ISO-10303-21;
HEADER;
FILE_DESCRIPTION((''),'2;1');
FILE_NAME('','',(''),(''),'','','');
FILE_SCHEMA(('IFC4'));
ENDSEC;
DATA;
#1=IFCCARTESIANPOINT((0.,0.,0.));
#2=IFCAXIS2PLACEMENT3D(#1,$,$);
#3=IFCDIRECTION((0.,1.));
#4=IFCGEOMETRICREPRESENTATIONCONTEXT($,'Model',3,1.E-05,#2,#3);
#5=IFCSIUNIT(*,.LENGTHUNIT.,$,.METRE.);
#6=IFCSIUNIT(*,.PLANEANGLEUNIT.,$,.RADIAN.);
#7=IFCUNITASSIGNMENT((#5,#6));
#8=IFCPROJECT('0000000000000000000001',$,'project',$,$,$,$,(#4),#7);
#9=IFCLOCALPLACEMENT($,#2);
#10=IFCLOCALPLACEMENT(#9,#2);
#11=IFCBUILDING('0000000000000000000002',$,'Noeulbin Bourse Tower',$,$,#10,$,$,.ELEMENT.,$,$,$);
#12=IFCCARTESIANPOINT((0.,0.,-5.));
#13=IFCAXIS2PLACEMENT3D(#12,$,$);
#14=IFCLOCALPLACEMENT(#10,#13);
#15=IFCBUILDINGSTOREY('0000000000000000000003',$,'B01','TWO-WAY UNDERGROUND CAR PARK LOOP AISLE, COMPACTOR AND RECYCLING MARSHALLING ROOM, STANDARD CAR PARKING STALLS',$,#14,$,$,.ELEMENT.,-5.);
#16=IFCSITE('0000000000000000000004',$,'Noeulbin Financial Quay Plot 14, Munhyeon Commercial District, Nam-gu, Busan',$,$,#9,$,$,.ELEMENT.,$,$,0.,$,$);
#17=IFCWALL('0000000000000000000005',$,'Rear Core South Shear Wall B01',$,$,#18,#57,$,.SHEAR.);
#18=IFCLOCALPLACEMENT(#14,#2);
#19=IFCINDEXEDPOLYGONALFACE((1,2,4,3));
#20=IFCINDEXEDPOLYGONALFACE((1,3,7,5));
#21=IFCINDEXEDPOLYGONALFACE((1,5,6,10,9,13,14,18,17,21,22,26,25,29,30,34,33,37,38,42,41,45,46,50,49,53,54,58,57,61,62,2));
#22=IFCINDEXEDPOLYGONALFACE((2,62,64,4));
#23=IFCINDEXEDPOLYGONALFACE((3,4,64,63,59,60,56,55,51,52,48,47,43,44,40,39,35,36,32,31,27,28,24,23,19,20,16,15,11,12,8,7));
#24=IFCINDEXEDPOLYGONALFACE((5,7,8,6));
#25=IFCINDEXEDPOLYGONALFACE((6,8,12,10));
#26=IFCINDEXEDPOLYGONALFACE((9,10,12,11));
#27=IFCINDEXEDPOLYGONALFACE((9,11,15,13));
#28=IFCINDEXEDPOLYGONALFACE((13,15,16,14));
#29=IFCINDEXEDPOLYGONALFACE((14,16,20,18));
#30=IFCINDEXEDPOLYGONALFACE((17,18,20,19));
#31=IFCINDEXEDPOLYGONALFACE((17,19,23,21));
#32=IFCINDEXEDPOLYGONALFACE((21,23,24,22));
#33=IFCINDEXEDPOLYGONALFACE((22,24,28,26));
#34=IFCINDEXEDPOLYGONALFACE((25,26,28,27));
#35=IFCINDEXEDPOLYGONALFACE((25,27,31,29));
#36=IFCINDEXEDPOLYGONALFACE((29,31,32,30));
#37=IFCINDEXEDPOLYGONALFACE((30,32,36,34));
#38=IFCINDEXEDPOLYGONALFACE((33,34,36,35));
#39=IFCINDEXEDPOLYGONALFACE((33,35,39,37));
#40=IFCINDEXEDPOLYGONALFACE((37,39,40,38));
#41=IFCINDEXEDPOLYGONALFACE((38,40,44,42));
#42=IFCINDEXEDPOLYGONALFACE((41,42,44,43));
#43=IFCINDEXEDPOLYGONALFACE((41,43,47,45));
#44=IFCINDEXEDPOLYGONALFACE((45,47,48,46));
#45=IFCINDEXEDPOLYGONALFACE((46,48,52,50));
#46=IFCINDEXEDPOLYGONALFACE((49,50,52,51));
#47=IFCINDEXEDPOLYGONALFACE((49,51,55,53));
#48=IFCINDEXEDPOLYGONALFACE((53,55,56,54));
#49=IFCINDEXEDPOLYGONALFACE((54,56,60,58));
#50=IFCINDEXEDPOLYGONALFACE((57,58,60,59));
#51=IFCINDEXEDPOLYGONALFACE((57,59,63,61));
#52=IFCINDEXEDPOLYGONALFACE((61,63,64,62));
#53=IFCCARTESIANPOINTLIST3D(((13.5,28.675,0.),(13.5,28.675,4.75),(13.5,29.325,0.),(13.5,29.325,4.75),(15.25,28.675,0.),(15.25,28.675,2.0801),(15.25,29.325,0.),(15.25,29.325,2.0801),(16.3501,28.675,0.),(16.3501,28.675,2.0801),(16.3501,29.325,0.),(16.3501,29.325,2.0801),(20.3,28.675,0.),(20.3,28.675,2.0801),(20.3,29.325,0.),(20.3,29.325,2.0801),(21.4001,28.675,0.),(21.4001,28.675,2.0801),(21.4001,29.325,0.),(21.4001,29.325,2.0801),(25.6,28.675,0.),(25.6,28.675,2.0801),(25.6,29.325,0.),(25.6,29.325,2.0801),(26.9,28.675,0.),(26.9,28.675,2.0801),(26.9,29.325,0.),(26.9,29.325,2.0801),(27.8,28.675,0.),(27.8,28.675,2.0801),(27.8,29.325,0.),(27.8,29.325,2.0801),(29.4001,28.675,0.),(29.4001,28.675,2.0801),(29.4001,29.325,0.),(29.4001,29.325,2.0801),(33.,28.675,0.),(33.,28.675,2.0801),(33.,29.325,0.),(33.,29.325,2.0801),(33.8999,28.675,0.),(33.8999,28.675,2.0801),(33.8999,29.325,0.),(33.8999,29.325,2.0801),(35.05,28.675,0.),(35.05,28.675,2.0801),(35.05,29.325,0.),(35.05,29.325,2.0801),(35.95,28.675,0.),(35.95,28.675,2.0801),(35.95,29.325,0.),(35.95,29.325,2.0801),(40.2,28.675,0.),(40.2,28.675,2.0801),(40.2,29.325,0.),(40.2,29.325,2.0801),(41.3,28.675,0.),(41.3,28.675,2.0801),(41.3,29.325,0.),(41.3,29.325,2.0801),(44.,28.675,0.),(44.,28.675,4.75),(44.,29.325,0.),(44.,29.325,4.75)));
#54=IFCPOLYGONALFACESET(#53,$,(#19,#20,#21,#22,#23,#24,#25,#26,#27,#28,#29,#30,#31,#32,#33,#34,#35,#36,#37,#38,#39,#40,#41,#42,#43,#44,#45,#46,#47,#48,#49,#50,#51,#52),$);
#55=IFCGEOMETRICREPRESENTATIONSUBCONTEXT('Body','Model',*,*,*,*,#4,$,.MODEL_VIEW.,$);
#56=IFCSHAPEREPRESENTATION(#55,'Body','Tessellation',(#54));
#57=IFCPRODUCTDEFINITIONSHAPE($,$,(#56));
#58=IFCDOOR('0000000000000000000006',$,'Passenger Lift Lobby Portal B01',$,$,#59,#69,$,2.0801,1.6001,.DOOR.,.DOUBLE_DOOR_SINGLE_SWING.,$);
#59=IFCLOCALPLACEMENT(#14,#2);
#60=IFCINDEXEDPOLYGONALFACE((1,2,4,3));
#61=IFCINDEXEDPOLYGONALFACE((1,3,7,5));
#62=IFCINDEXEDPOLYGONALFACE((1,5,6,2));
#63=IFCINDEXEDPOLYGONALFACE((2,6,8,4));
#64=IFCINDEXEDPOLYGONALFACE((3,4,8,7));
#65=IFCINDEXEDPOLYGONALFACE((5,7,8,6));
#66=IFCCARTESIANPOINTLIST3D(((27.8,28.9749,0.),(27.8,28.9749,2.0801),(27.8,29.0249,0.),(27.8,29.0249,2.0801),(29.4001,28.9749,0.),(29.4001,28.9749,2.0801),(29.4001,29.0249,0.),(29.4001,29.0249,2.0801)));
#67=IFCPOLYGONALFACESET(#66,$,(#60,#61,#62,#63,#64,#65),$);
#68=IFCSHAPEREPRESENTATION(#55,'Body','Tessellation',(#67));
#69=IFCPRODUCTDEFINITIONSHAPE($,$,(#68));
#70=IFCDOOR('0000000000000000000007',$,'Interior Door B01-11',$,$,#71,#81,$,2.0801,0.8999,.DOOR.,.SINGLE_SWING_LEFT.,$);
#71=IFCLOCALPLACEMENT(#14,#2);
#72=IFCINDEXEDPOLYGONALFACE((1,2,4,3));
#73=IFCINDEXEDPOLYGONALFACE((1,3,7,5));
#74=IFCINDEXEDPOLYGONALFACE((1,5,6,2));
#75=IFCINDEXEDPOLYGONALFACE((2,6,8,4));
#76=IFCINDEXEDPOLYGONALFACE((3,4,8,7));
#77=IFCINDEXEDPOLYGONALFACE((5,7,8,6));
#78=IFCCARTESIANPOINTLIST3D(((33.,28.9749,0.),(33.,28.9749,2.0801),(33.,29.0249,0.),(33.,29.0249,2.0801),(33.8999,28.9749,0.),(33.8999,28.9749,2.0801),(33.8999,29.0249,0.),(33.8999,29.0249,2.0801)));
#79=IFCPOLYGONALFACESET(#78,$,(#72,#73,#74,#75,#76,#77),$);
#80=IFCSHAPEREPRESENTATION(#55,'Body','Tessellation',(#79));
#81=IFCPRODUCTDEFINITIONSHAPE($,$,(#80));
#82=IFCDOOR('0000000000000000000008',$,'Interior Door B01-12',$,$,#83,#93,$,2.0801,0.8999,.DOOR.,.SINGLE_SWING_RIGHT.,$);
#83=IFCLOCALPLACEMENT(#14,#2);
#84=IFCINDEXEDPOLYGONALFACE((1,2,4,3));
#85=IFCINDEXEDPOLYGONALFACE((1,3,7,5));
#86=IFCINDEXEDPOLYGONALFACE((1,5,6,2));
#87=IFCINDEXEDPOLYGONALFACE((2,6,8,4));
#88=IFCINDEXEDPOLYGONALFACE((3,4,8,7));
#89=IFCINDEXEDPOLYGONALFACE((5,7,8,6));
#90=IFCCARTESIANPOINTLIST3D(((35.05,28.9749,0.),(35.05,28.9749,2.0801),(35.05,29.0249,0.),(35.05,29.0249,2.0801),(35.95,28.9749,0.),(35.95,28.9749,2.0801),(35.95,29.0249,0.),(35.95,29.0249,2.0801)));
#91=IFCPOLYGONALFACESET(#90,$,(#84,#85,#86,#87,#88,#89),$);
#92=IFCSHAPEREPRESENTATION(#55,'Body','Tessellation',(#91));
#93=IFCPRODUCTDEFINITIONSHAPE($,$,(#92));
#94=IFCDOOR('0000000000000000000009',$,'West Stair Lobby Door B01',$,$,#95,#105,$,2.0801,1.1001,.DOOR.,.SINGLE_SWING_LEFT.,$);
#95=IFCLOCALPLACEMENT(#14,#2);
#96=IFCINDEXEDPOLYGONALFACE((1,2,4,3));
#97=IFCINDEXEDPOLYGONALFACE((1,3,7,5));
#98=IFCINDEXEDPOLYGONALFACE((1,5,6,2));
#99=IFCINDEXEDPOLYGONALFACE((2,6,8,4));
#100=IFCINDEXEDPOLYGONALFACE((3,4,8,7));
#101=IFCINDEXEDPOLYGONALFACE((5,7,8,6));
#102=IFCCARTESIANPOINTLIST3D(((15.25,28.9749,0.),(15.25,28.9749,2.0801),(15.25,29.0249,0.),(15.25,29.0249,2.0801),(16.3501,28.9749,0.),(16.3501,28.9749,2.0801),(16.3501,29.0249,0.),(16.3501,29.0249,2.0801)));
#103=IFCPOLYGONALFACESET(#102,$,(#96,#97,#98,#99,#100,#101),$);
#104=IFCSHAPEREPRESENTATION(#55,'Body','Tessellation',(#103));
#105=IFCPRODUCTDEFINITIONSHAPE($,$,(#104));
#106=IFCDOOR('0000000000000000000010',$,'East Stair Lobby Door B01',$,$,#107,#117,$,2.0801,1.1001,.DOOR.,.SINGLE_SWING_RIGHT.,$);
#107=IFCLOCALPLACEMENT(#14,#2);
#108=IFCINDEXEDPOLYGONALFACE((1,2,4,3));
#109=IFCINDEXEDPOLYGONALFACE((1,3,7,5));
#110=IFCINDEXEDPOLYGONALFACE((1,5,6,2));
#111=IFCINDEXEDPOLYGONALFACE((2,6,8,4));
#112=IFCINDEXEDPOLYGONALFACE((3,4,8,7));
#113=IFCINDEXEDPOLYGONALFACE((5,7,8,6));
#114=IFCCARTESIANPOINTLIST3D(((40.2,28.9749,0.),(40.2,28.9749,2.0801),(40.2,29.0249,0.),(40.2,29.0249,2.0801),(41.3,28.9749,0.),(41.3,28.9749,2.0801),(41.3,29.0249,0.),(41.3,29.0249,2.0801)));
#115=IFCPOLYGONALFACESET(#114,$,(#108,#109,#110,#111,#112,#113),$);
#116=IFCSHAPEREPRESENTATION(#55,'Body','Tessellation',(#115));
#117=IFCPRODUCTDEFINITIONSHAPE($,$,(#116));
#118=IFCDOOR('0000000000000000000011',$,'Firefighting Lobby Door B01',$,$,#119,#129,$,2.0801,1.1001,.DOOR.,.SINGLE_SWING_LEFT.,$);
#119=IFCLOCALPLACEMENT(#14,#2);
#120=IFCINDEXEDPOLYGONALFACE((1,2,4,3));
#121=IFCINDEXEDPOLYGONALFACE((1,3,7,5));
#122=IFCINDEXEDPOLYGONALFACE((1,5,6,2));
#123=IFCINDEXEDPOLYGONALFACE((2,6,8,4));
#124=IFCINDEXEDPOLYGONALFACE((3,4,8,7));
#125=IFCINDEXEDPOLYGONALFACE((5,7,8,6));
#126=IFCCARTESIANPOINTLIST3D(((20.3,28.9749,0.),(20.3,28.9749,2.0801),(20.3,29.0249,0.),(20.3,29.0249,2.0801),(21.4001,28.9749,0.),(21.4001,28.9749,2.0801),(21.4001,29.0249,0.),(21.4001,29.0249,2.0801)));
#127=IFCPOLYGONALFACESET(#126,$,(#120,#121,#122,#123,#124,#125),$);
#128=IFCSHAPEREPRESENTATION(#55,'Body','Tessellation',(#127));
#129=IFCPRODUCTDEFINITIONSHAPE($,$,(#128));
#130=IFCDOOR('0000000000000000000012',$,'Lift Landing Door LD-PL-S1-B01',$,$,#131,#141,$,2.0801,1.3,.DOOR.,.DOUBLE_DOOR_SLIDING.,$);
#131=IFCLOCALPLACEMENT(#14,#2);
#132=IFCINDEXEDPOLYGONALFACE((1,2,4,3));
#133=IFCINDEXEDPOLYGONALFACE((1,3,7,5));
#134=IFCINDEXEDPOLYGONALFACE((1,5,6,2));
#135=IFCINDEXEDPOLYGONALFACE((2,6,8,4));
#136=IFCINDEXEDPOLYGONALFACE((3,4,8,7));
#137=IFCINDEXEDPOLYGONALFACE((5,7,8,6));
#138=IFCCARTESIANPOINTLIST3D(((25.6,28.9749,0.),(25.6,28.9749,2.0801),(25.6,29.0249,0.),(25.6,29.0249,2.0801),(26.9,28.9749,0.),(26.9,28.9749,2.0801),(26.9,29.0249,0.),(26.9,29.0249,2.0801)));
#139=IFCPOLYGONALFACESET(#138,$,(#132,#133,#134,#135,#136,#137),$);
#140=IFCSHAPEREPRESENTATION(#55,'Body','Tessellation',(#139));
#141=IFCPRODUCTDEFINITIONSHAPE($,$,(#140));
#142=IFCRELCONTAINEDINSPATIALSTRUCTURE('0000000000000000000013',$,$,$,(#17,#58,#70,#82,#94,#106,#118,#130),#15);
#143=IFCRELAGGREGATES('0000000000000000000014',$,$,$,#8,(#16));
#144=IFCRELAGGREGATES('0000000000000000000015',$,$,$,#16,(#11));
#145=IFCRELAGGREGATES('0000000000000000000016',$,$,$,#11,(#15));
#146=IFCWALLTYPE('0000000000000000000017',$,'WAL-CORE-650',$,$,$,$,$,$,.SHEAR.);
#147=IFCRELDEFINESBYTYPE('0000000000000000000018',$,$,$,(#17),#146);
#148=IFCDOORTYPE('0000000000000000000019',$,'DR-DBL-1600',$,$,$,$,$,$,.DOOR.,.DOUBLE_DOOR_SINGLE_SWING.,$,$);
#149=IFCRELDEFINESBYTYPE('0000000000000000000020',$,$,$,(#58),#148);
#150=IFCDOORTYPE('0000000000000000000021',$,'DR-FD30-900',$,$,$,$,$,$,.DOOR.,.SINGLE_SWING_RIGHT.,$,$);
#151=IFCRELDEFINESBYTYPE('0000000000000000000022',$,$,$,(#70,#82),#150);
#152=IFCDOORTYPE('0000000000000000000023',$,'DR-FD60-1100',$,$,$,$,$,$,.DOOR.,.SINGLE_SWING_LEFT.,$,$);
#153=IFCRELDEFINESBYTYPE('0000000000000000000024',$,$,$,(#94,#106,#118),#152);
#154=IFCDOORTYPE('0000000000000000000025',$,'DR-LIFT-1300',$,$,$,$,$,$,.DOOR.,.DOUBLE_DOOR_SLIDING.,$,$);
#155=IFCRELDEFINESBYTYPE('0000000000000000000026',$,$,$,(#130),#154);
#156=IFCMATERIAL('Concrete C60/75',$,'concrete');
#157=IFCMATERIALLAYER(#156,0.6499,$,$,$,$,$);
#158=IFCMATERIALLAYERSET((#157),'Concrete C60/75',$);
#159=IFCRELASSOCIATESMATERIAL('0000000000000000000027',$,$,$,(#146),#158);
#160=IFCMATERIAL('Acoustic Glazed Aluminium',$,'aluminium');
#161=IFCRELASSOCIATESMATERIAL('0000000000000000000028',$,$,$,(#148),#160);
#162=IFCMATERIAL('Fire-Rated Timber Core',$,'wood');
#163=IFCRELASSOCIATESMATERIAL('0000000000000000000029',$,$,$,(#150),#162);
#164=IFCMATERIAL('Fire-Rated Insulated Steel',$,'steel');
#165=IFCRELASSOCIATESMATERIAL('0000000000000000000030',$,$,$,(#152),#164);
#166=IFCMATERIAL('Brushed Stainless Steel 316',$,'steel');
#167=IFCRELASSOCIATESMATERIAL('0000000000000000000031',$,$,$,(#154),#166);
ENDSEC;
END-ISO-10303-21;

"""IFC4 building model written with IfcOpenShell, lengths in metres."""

from ifc_helpers import new_model, si_unit, direction, frame, frame_2d, origin, place, context, subcontext, project, spatial, rectangle, extrude, material, layer, layer_set, type_object, element, fill, save


model = new_model("IFC4")

# Units and contexts
model_context = context("Model", 3, precision=1e-05, world=origin(), true_north=direction((0.0, 1.0)))
body_context = subcontext(model_context, "Body", "Model", "MODEL_VIEW")
ifc_project = project(units=[si_unit("LENGTHUNIT", "METRE"), si_unit("PLANEANGLEUNIT", "RADIAN")], contexts=[model_context])

# Site, building, storey
site_placement = place(None, origin())
site = spatial("IfcSite", under=ifc_project, at=site_placement, Name="Noeulbin Financial Quay Plot 14, Munhyeon Commercial District, Nam-gu, Busan", CompositionType="ELEMENT", RefElevation=0.0)
building_placement = place(site_placement, origin())
building = spatial("IfcBuilding", under=site, at=building_placement, Name="Noeulbin Bourse Tower", CompositionType="ELEMENT")
storey_placement = place(building_placement, frame((0.0, 0.0, -5.0)))
storey = spatial("IfcBuildingStorey", under=building, at=storey_placement, Name="B01", Description="TWO-WAY UNDERGROUND CAR PARK LOOP AISLE, COMPACTOR AND RECYCLING MARSHALLING ROOM, STANDARD CAR PARKING STALLS", CompositionType="ELEMENT", Elevation=-5.0)

# Wall, openings, doors
ifc_material_1 = material(Name="Concrete C60/75", Category="concrete")
ifc_layer_1 = layer(ifc_material_1, 0.6499)
ifc_layer_set_1 = layer_set([ifc_layer_1], Name="Concrete C60/75")
wall_type = type_object("IfcWallType", Name="WAL-CORE-650", PredefinedType="SHEAR", material=ifc_layer_set_1)
wall_placement = place(storey_placement, frame((13.5, 29.0, 0.0), z_axis=(0.0, 0.0, 1.0), x_axis=(1.0, 0.0, 0.0)))
wall = element("IfcWall", 1, at=wall_placement, inside=storey, type_object=wall_type, Name="Rear Core South Shear Wall B01", PredefinedType="SHEAR", context=body_context, shape_type="SweptSolid", body=[
    extrude(rectangle(XDim=30.5, YDim=0.6499, at=frame_2d((15.25, 0.0))), origin(), (0.0, 0.0, 1.0), 4.75),
])
opening_1_placement = place(wall_placement, frame((1.75, 0.0, 0.0)))
opening_1 = element("IfcOpeningElement", 2, at=opening_1_placement, cuts=wall, PredefinedType="OPENING", context=body_context, shape_type="SweptSolid", body=[
    extrude(rectangle(XDim=1.1001, YDim=2.0801, at=frame_2d((0.55, 1.04))), frame((0.0, 0.335, 0.0), z_axis=(0.0, -1.0, 0.0), x_axis=(1.0, 0.0, 0.0)), (0.0, 0.0, 1.0), 0.6699),
])
opening_2_placement = place(wall_placement, frame((26.7, 0.0, 0.0)))
opening_2 = element("IfcOpeningElement", 3, at=opening_2_placement, cuts=wall, PredefinedType="OPENING", context=body_context, shape_type="SweptSolid", body=[
    extrude(rectangle(XDim=1.1001, YDim=2.0801, at=frame_2d((0.55, 1.04))), frame((0.0, 0.335, 0.0), z_axis=(0.0, -1.0, 0.0), x_axis=(1.0, 0.0, 0.0)), (0.0, 0.0, 1.0), 0.6699),
])
opening_3_placement = place(wall_placement, frame((6.8, 0.0, 0.0)))
opening_3 = element("IfcOpeningElement", 4, at=opening_3_placement, cuts=wall, PredefinedType="OPENING", context=body_context, shape_type="SweptSolid", body=[
    extrude(rectangle(XDim=1.1001, YDim=2.0801, at=frame_2d((0.55, 1.04))), frame((0.0, 0.335, 0.0), z_axis=(0.0, -1.0, 0.0), x_axis=(1.0, 0.0, 0.0)), (0.0, 0.0, 1.0), 0.6699),
])
opening_4_placement = place(wall_placement, frame((14.3, 0.0, 0.0)))
opening_4 = element("IfcOpeningElement", 5, at=opening_4_placement, cuts=wall, PredefinedType="OPENING", context=body_context, shape_type="SweptSolid", body=[
    extrude(rectangle(XDim=1.6001, YDim=2.0801, at=frame_2d((0.8, 1.04))), frame((0.0, 0.335, 0.0), z_axis=(0.0, -1.0, 0.0), x_axis=(1.0, 0.0, 0.0)), (0.0, 0.0, 1.0), 0.6699),
])
opening_5_placement = place(wall_placement, frame((19.5, 0.0, 0.0)))
opening_5 = element("IfcOpeningElement", 6, at=opening_5_placement, cuts=wall, PredefinedType="OPENING", context=body_context, shape_type="SweptSolid", body=[
    extrude(rectangle(XDim=0.8999, YDim=2.0801, at=frame_2d((0.45, 1.04))), frame((0.0, 0.335, 0.0), z_axis=(0.0, -1.0, 0.0), x_axis=(1.0, 0.0, 0.0)), (0.0, 0.0, 1.0), 0.6699),
])
opening_6_placement = place(wall_placement, frame((21.55, 0.0, 0.0)))
opening_6 = element("IfcOpeningElement", 7, at=opening_6_placement, cuts=wall, PredefinedType="OPENING", context=body_context, shape_type="SweptSolid", body=[
    extrude(rectangle(XDim=0.8999, YDim=2.0801, at=frame_2d((0.45, 1.04))), frame((0.0, 0.335, 0.0), z_axis=(0.0, -1.0, 0.0), x_axis=(1.0, 0.0, 0.0)), (0.0, 0.0, 1.0), 0.6699),
])
opening_7_placement = place(wall_placement, frame((12.1001, 0.0, 0.0)))
opening_7 = element("IfcOpeningElement", 8, at=opening_7_placement, cuts=wall, PredefinedType="OPENING", context=body_context, shape_type="SweptSolid", body=[
    extrude(rectangle(XDim=1.3, YDim=2.0801, at=frame_2d((0.6499, 1.04))), frame((0.0, 0.335, 0.0), z_axis=(0.0, -1.0, 0.0), x_axis=(1.0, 0.0, 0.0)), (0.0, 0.0, 1.0), 0.6699),
])
ifc_material_2 = material(Name="Acoustic Glazed Aluminium", Category="aluminium")
door_type_1 = type_object("IfcDoorType", Name="DR-DBL-1600", OperationType="DOUBLE_DOOR_SINGLE_SWING", PredefinedType="DOOR", material=ifc_material_2)
door_1_placement = place(opening_4_placement, origin())
door_1 = element("IfcDoor", 9, at=door_1_placement, inside=storey, type_object=door_type_1, Name="Passenger Lift Lobby Portal B01", OperationType="DOUBLE_DOOR_SINGLE_SWING", OverallHeight=2.0801, OverallWidth=1.6001, PredefinedType="DOOR", context=body_context, shape_type="SweptSolid", body=[
    extrude(rectangle(XDim=1.6001, YDim=2.0801, at=frame_2d((0.8, 1.04))), frame((0.0, 0.0249, 0.0), z_axis=(0.0, -1.0, 0.0), x_axis=(1.0, 0.0, 0.0)), (0.0, 0.0, 1.0), 0.05),
])
fill(opening_4, door_1)
ifc_material_3 = material(Name="Fire-Rated Timber Core", Category="wood")
door_type_2 = type_object("IfcDoorType", Name="DR-FD30-900", OperationType="SINGLE_SWING_RIGHT", PredefinedType="DOOR", material=ifc_material_3)
door_2_placement = place(opening_5_placement, origin())
door_2 = element("IfcDoor", 10, at=door_2_placement, inside=storey, type_object=door_type_2, Name="Interior Door B01-11", OperationType="SINGLE_SWING_LEFT", OverallHeight=2.0801, OverallWidth=0.8999, PredefinedType="DOOR", context=body_context, shape_type="SweptSolid", body=[
    extrude(rectangle(XDim=0.8999, YDim=2.0801, at=frame_2d((0.45, 1.04))), frame((0.0, 0.0249, 0.0), z_axis=(0.0, -1.0, 0.0), x_axis=(1.0, 0.0, 0.0)), (0.0, 0.0, 1.0), 0.05),
])
fill(opening_5, door_2)
door_3_placement = place(opening_6_placement, origin())
door_3 = element("IfcDoor", 11, at=door_3_placement, inside=storey, type_object=door_type_2, Name="Interior Door B01-12", OperationType="SINGLE_SWING_RIGHT", OverallHeight=2.0801, OverallWidth=0.8999, PredefinedType="DOOR", context=body_context, shape_type="SweptSolid", body=[
    extrude(rectangle(XDim=0.8999, YDim=2.0801, at=frame_2d((0.45, 1.04))), frame((0.0, 0.0249, 0.0), z_axis=(0.0, -1.0, 0.0), x_axis=(1.0, 0.0, 0.0)), (0.0, 0.0, 1.0), 0.05),
])
fill(opening_6, door_3)
ifc_material_4 = material(Name="Fire-Rated Insulated Steel", Category="steel")
door_type_3 = type_object("IfcDoorType", Name="DR-FD60-1100", OperationType="SINGLE_SWING_LEFT", PredefinedType="DOOR", material=ifc_material_4)
door_4_placement = place(opening_1_placement, origin())
door_4 = element("IfcDoor", 12, at=door_4_placement, inside=storey, type_object=door_type_3, Name="West Stair Lobby Door B01", OperationType="SINGLE_SWING_LEFT", OverallHeight=2.0801, OverallWidth=1.1001, PredefinedType="DOOR", context=body_context, shape_type="SweptSolid", body=[
    extrude(rectangle(XDim=1.1001, YDim=2.0801, at=frame_2d((0.55, 1.04))), frame((0.0, 0.0249, 0.0), z_axis=(0.0, -1.0, 0.0), x_axis=(1.0, 0.0, 0.0)), (0.0, 0.0, 1.0), 0.05),
])
fill(opening_1, door_4)
door_5_placement = place(opening_2_placement, origin())
door_5 = element("IfcDoor", 13, at=door_5_placement, inside=storey, type_object=door_type_3, Name="East Stair Lobby Door B01", OperationType="SINGLE_SWING_RIGHT", OverallHeight=2.0801, OverallWidth=1.1001, PredefinedType="DOOR", context=body_context, shape_type="SweptSolid", body=[
    extrude(rectangle(XDim=1.1001, YDim=2.0801, at=frame_2d((0.55, 1.04))), frame((0.0, 0.0249, 0.0), z_axis=(0.0, -1.0, 0.0), x_axis=(1.0, 0.0, 0.0)), (0.0, 0.0, 1.0), 0.05),
])
fill(opening_2, door_5)
door_6_placement = place(opening_3_placement, origin())
door_6 = element("IfcDoor", 14, at=door_6_placement, inside=storey, type_object=door_type_3, Name="Firefighting Lobby Door B01", OperationType="SINGLE_SWING_LEFT", OverallHeight=2.0801, OverallWidth=1.1001, PredefinedType="DOOR", context=body_context, shape_type="SweptSolid", body=[
    extrude(rectangle(XDim=1.1001, YDim=2.0801, at=frame_2d((0.55, 1.04))), frame((0.0, 0.0249, 0.0), z_axis=(0.0, -1.0, 0.0), x_axis=(1.0, 0.0, 0.0)), (0.0, 0.0, 1.0), 0.05),
])
fill(opening_3, door_6)
ifc_material_5 = material(Name="Brushed Stainless Steel 316", Category="steel")
door_type_4 = type_object("IfcDoorType", Name="DR-LIFT-1300", OperationType="DOUBLE_DOOR_SLIDING", PredefinedType="DOOR", material=ifc_material_5)
door_7_placement = place(opening_7_placement, origin())
door_7 = element("IfcDoor", 15, at=door_7_placement, inside=storey, type_object=door_type_4, Name="Lift Landing Door LD-PL-S1-B01", OperationType="DOUBLE_DOOR_SLIDING", OverallHeight=2.0801, OverallWidth=1.3, PredefinedType="DOOR", context=body_context, shape_type="SweptSolid", body=[
    extrude(rectangle(XDim=1.3, YDim=2.0801, at=frame_2d((0.6499, 1.04))), frame((0.0, 0.0249, 0.0), z_axis=(0.0, -1.0, 0.0), x_axis=(1.0, 0.0, 0.0)), (0.0, 0.0, 1.0), 0.05),
])
fill(opening_7, door_7)

save(model, "model.ifc")
